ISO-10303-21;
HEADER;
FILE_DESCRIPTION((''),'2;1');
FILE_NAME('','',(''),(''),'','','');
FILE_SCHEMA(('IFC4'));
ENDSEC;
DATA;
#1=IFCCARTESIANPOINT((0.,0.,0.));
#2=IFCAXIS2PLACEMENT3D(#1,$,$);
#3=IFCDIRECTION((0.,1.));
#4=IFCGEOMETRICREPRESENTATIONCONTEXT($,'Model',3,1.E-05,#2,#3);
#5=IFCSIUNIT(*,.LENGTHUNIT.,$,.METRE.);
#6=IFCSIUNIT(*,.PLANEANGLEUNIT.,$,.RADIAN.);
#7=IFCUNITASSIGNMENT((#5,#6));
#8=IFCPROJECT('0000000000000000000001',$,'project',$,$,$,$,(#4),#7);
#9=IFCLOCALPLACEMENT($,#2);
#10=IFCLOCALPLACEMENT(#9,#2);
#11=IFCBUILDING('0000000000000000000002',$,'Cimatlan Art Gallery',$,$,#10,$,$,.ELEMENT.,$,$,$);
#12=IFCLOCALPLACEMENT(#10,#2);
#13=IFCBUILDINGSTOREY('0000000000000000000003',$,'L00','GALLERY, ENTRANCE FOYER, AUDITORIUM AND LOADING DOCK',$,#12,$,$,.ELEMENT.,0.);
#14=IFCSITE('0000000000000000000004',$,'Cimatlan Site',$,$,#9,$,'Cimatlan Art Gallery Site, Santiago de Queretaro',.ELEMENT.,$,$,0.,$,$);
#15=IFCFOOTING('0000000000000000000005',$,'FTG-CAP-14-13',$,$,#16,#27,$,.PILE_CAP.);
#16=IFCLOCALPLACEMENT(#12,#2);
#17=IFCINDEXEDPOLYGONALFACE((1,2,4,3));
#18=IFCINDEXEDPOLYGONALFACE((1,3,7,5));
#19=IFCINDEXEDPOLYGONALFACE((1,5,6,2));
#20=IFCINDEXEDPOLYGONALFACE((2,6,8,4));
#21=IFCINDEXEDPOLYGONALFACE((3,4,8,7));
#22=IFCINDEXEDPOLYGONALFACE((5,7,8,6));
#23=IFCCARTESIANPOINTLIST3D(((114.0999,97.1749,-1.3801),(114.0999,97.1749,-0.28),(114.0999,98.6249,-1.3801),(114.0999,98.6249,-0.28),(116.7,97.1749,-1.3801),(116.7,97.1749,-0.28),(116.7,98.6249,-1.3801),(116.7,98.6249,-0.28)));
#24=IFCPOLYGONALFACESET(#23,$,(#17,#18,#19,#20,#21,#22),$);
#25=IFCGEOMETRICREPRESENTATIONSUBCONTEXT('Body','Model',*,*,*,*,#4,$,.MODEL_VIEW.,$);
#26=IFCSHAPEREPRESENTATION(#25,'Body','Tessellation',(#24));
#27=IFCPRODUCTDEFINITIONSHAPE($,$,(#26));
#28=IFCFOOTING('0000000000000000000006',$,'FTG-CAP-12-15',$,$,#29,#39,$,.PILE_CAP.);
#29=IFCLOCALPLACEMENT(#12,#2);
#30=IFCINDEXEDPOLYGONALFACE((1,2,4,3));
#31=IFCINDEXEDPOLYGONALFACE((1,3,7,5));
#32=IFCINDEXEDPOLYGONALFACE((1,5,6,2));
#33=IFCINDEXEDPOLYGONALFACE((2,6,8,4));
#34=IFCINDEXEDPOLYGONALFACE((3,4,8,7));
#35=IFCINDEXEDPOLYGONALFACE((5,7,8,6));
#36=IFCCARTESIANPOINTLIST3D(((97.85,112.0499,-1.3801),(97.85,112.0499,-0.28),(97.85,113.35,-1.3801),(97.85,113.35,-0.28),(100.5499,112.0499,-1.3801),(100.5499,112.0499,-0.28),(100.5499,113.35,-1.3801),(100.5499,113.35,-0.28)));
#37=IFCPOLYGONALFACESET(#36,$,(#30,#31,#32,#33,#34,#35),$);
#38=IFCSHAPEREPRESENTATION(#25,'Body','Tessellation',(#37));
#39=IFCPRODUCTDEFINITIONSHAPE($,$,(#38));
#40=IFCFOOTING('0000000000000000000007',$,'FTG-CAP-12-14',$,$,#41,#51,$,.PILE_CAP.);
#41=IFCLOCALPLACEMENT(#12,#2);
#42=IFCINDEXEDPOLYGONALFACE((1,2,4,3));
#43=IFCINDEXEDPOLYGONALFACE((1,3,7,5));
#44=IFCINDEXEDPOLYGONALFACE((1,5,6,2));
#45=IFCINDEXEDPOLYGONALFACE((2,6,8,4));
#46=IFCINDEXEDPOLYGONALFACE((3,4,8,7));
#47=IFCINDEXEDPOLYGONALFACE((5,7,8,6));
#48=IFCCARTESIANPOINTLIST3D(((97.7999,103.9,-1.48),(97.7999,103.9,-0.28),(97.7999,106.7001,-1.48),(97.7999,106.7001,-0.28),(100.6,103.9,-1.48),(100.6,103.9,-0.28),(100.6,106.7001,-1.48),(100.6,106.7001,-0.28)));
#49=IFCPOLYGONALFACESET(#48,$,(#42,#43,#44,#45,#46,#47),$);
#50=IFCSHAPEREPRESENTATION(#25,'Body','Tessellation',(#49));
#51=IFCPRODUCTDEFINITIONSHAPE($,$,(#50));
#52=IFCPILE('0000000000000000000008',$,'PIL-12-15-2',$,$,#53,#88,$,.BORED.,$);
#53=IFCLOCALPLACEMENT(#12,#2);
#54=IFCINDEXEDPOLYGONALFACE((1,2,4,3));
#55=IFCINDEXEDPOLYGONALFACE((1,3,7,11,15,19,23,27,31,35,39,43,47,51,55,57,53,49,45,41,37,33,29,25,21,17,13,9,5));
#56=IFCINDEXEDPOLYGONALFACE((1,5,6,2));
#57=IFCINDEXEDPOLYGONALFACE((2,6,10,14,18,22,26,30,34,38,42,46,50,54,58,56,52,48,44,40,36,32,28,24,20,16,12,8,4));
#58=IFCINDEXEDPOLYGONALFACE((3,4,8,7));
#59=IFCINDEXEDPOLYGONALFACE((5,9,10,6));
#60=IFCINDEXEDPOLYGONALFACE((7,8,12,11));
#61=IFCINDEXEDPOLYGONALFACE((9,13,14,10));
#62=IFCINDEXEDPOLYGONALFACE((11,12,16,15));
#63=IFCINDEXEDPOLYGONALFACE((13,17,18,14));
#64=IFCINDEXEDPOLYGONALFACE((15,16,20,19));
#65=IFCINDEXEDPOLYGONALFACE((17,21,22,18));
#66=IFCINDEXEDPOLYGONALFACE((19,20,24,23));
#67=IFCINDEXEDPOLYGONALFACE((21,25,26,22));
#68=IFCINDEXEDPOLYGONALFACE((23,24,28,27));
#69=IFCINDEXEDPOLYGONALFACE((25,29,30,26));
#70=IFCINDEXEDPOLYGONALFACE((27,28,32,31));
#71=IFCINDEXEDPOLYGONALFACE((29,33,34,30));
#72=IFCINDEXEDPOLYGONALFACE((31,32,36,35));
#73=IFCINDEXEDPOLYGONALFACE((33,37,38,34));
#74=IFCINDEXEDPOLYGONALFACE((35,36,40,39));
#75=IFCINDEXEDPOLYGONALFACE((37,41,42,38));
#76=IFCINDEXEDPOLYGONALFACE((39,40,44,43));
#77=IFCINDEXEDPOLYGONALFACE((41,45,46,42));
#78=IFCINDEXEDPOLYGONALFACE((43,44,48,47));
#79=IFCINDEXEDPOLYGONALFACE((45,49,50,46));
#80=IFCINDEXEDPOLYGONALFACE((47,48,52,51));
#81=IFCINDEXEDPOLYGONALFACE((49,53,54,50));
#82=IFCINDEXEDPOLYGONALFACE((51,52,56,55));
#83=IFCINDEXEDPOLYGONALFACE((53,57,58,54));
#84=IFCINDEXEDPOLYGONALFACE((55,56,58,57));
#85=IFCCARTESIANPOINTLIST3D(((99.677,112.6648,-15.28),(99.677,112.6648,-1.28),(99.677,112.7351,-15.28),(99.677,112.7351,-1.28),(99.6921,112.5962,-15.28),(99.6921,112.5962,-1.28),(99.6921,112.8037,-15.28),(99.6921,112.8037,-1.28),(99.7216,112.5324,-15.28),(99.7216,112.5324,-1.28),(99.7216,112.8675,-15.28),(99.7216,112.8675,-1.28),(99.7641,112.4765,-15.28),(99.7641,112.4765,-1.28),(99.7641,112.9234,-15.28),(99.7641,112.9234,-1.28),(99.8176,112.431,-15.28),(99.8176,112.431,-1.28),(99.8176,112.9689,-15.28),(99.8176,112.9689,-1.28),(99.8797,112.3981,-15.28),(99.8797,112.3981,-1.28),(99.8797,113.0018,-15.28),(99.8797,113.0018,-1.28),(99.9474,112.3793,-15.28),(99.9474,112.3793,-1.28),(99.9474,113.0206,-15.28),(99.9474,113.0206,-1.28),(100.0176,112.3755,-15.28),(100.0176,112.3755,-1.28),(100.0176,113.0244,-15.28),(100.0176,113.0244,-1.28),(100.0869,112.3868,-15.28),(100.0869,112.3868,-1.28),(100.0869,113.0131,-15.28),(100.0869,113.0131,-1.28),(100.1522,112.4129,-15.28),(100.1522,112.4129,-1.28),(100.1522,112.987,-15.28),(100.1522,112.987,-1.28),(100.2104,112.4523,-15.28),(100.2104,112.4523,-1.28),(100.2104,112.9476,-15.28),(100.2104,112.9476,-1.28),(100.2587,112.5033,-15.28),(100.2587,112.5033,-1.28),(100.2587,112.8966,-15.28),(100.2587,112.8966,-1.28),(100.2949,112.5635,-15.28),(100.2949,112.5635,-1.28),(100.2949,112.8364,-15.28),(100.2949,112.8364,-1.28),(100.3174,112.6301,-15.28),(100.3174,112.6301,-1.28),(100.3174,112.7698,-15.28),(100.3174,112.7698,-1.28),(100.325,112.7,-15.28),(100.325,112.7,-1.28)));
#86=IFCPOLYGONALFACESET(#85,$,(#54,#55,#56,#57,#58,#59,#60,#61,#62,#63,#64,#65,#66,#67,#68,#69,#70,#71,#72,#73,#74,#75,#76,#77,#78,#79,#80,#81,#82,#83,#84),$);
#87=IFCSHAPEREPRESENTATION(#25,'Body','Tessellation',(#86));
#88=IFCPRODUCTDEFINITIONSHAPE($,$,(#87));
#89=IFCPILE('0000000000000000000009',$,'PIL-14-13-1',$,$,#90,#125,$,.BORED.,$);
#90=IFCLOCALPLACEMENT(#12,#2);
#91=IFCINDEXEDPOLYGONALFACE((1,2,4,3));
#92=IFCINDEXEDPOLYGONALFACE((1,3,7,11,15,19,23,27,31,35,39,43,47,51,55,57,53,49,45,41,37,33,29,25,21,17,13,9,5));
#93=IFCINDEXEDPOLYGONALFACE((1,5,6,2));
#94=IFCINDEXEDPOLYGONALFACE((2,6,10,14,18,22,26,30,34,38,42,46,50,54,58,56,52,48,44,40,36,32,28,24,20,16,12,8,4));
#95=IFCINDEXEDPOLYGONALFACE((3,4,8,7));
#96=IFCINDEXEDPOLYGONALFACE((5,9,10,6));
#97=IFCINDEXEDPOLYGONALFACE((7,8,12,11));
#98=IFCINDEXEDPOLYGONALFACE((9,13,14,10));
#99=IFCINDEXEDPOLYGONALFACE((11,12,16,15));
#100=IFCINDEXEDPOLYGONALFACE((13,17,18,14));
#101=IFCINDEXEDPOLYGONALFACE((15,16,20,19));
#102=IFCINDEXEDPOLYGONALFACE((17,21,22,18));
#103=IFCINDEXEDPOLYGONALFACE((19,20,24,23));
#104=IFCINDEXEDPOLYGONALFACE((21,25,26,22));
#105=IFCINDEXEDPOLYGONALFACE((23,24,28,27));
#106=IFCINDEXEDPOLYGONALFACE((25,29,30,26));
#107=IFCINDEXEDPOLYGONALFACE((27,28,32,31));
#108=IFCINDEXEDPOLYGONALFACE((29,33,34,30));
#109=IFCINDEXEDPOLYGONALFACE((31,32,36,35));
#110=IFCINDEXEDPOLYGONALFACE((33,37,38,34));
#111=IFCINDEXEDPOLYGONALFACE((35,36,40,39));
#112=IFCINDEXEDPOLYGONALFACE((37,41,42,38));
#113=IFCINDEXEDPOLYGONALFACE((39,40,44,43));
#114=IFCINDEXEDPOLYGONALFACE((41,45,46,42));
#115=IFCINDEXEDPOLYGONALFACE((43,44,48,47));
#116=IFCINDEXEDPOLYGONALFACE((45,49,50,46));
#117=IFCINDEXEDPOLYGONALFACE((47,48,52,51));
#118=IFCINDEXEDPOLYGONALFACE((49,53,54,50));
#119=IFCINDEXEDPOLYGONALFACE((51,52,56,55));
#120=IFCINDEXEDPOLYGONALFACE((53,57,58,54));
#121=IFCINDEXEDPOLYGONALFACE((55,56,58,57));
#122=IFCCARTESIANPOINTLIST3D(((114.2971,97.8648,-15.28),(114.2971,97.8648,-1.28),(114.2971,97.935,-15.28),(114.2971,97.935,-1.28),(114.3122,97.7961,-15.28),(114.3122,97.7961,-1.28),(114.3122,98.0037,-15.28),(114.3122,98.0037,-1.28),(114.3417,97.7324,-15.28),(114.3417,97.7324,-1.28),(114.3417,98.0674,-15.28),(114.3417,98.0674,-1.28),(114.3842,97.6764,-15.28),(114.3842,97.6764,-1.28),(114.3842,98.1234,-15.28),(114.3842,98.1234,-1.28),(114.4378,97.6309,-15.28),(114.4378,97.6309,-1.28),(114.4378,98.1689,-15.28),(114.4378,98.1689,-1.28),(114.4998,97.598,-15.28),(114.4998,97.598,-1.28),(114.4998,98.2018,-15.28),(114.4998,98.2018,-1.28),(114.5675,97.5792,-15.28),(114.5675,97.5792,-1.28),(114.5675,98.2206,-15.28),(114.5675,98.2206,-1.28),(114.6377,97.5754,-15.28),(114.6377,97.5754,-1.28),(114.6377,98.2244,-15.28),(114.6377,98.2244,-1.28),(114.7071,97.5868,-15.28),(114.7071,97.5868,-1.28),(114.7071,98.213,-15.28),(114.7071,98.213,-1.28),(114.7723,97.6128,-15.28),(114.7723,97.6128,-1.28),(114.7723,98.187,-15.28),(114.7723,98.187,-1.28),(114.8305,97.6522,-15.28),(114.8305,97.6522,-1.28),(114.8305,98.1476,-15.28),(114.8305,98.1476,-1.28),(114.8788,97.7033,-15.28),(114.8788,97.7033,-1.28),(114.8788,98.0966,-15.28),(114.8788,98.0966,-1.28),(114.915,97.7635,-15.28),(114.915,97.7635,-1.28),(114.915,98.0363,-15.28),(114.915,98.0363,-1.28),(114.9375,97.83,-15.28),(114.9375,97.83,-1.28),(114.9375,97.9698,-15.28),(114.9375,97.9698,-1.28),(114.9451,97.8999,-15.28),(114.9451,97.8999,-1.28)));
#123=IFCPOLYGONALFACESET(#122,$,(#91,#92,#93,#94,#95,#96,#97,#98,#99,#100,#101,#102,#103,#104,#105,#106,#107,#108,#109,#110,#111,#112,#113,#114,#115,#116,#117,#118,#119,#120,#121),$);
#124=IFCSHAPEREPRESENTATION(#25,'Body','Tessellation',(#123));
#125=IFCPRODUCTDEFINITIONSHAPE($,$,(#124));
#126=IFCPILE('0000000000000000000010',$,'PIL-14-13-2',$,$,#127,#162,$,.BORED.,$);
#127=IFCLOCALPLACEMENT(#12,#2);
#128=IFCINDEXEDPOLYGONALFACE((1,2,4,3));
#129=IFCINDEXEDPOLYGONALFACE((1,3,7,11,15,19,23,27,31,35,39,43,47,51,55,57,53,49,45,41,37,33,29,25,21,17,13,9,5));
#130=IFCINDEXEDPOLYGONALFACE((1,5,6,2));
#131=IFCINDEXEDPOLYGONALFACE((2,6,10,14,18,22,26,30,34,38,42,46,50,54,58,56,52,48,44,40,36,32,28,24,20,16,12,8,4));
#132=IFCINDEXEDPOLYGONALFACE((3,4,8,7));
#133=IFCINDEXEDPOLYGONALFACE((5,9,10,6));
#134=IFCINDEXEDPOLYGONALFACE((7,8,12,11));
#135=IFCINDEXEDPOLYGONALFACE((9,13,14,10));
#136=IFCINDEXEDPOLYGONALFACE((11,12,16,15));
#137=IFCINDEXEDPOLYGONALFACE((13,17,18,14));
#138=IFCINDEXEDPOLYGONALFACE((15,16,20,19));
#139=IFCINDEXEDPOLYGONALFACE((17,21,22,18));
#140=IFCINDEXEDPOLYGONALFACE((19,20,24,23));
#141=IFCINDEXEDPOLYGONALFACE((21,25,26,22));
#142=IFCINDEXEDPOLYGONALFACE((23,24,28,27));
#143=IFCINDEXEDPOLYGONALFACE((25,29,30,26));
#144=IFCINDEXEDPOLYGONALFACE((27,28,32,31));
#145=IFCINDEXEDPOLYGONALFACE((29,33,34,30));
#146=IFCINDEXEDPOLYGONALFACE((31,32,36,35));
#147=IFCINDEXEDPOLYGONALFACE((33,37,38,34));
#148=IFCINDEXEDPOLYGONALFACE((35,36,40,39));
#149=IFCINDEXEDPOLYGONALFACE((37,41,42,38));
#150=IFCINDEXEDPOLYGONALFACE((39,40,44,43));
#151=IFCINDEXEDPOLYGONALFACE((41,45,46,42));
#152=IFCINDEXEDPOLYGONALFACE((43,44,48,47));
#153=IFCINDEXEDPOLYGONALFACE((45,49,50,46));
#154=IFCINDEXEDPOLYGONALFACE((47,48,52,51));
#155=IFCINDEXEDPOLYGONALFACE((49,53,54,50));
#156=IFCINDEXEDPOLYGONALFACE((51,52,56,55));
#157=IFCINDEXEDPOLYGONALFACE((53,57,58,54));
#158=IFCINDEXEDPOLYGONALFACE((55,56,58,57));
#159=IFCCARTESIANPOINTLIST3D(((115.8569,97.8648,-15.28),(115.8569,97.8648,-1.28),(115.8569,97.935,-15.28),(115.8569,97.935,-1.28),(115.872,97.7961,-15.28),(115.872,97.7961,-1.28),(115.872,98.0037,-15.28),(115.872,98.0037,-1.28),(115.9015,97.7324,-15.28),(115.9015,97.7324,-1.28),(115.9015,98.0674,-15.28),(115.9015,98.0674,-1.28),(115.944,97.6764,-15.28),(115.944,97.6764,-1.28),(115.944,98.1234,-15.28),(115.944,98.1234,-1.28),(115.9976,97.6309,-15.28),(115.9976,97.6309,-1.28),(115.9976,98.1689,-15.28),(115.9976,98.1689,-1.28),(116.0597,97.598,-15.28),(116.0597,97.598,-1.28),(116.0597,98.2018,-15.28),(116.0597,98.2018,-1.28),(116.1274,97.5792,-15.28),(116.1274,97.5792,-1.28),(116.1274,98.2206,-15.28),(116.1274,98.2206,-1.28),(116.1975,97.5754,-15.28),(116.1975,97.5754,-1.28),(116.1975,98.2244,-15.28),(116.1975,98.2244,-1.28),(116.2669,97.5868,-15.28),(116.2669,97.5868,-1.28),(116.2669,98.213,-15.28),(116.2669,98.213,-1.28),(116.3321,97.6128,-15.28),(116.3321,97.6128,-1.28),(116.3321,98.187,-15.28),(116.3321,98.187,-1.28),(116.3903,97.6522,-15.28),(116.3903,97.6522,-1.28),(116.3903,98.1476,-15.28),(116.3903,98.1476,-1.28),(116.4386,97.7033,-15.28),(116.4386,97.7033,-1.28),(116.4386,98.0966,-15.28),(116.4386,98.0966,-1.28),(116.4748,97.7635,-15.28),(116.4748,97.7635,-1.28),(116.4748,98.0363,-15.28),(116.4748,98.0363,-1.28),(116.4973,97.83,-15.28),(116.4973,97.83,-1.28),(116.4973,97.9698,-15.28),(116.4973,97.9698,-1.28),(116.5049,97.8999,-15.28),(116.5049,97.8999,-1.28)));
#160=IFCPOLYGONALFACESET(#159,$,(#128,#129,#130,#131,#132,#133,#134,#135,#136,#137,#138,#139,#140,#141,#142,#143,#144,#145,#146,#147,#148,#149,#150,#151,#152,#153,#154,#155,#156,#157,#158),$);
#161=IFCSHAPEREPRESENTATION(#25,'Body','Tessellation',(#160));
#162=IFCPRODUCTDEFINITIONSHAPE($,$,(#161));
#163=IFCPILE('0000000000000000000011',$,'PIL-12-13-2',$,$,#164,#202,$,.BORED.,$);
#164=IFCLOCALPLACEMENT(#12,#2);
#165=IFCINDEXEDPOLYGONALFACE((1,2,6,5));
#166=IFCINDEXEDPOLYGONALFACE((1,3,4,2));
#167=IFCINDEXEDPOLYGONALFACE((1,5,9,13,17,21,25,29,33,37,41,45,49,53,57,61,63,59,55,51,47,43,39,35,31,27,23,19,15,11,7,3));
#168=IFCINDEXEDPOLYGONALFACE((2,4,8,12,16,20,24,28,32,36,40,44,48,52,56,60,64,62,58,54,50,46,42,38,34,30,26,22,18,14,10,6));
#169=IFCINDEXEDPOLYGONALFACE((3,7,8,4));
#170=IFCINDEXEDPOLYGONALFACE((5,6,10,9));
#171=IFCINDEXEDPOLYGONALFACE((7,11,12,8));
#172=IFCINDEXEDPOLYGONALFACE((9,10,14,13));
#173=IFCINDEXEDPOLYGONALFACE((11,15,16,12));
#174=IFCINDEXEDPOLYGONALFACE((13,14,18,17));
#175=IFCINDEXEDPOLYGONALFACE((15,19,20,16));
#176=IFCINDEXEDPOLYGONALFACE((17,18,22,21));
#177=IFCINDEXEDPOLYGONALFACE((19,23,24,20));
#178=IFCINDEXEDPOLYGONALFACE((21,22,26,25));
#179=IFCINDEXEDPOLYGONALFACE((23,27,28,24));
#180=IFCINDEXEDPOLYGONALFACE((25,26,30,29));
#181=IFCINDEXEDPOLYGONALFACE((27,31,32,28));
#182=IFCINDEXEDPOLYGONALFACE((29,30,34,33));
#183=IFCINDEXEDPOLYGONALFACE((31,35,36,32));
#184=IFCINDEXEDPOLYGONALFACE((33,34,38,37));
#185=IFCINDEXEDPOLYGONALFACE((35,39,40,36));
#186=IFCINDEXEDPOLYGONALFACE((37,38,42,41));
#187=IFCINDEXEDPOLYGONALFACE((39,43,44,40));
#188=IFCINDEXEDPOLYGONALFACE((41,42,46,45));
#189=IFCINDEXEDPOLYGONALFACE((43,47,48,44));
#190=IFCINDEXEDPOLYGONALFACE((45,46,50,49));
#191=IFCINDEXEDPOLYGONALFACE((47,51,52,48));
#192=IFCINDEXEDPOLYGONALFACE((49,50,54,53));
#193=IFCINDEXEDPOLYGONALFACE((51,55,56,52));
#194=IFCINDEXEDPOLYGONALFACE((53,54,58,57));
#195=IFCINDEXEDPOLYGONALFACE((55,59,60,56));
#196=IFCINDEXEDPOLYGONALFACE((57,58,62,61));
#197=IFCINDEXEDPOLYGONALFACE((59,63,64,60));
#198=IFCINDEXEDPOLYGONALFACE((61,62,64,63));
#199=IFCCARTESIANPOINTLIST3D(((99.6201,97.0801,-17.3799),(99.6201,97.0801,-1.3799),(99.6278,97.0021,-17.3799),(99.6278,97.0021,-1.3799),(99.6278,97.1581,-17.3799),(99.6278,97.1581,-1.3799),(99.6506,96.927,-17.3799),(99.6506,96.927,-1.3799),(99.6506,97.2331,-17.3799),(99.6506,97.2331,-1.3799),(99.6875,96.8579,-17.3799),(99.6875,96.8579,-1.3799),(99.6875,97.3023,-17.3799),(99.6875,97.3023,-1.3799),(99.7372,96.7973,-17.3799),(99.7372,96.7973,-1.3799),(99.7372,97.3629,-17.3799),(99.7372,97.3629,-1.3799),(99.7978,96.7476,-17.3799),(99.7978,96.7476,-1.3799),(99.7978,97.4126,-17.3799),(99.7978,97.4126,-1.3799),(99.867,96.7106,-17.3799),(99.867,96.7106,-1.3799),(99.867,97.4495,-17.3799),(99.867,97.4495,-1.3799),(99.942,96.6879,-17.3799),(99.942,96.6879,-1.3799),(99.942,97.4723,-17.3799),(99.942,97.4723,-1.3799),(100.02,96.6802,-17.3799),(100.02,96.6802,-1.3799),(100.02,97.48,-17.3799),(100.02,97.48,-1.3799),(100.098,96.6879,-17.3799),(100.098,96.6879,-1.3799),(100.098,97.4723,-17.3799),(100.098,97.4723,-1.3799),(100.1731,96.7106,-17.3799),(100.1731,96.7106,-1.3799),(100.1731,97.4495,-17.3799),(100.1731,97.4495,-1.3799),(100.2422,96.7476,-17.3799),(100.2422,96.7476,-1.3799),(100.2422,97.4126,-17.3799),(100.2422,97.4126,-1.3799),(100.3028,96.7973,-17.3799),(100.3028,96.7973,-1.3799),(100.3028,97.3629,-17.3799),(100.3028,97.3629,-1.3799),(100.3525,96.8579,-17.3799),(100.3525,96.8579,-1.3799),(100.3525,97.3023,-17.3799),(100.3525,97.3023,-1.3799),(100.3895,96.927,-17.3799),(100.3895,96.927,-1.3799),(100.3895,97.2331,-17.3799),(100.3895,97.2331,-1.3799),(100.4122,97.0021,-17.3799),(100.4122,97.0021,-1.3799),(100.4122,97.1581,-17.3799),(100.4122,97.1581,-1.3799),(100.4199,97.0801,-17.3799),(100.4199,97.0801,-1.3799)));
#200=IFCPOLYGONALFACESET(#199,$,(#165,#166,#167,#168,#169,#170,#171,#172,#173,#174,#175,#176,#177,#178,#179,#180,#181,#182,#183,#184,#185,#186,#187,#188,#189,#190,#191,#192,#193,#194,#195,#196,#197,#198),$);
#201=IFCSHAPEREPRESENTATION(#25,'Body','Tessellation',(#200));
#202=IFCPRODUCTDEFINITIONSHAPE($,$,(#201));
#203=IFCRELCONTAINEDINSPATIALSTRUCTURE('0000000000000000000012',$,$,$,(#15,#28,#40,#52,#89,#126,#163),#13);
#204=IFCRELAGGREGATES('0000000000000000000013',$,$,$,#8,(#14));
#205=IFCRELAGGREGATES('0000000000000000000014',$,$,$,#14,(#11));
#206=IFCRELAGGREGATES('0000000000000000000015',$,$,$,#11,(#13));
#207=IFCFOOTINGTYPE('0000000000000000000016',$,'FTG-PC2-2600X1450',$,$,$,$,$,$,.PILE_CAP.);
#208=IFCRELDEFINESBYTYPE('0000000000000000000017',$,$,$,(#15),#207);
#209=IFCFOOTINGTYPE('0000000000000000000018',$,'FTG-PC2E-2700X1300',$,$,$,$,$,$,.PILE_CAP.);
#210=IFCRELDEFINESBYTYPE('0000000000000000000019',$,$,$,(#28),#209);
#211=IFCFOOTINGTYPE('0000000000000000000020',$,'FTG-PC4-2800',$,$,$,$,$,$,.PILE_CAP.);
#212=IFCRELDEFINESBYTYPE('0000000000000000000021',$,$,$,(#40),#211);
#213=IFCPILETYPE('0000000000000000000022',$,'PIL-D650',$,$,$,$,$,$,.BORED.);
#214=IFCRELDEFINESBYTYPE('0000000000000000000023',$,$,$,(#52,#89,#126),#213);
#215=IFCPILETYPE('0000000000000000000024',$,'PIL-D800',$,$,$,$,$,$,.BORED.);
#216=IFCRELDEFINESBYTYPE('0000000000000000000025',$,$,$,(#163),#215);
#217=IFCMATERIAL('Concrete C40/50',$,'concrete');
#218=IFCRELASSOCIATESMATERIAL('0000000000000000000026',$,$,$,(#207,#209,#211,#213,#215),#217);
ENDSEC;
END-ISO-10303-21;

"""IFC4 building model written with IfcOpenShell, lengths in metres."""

from ifc_helpers import new_model, si_unit, direction, frame, origin, origin_2d, place, context, subcontext, project, spatial, rectangle, circle, extrude, material, type_object, element, save


model = new_model("IFC4")

# Units and contexts
model_context = context("Model", 3, precision=1e-05, world=origin(), true_north=direction((0.0, 1.0)))
body_context = subcontext(model_context, "Body", "Model", "MODEL_VIEW")
ifc_project = project(units=[si_unit("LENGTHUNIT", "METRE"), si_unit("PLANEANGLEUNIT", "RADIAN")], contexts=[model_context])

# Site, building, storey
site_placement = place(None, origin())
site = spatial("IfcSite", under=ifc_project, at=site_placement, Name="Cimatlan Site", LongName="Cimatlan Art Gallery Site, Santiago de Queretaro", CompositionType="ELEMENT", RefElevation=0.0)
building_placement = place(site_placement, origin())
building = spatial("IfcBuilding", under=site, at=building_placement, Name="Cimatlan Art Gallery", CompositionType="ELEMENT")
storey_placement = place(building_placement, origin())
storey = spatial("IfcBuildingStorey", under=building, at=storey_placement, Name="L00", Description="GALLERY, ENTRANCE FOYER, AUDITORIUM AND LOADING DOCK", CompositionType="ELEMENT", Elevation=0.0)

# Footings
ifc_material_1 = material(Name="Concrete C40/50", Category="concrete")
footing_type_1 = type_object("IfcFootingType", Name="FTG-PC2-2600X1450", PredefinedType="PILE_CAP", material=ifc_material_1)
footing_1_placement = place(storey_placement, frame((115.3999, 97.8999, -1.3801), z_axis=(0.0, 0.0, 1.0), x_axis=(1.0, 0.0, 0.0)))
element("IfcFooting", 1, at=footing_1_placement, inside=storey, type_object=footing_type_1, Name="FTG-CAP-14-13", PredefinedType="PILE_CAP", context=body_context, shape_type="SweptSolid", body=[
    extrude(rectangle(XDim=2.6001, YDim=1.45, at=origin_2d()), origin(), (0.0, 0.0, 1.0), 1.1001),
])
footing_type_2 = type_object("IfcFootingType", Name="FTG-PC2E-2700X1300", PredefinedType="PILE_CAP", material=ifc_material_1)
footing_2_placement = place(storey_placement, frame((99.2, 112.7, -1.3801), z_axis=(0.0, 0.0, 1.0), x_axis=(1.0, 0.0, 0.0)))
element("IfcFooting", 2, at=footing_2_placement, inside=storey, type_object=footing_type_2, Name="FTG-CAP-12-15", PredefinedType="PILE_CAP", context=body_context, shape_type="SweptSolid", body=[
    extrude(rectangle(XDim=2.7, YDim=1.3, at=origin_2d()), origin(), (0.0, 0.0, 1.0), 1.1001),
])
footing_type_3 = type_object("IfcFootingType", Name="FTG-PC4-2800", PredefinedType="PILE_CAP", material=ifc_material_1)
footing_3_placement = place(storey_placement, frame((99.2, 105.3, -1.48), z_axis=(0.0, 0.0, 1.0), x_axis=(1.0, 0.0, 0.0)))
element("IfcFooting", 3, at=footing_3_placement, inside=storey, type_object=footing_type_3, Name="FTG-CAP-12-14", PredefinedType="PILE_CAP", context=body_context, shape_type="SweptSolid", body=[
    extrude(rectangle(XDim=2.8, YDim=2.8, at=origin_2d()), origin(), (0.0, 0.0, 1.0), 1.2),
])

# Piles
pile_type_1 = type_object("IfcPileType", Name="PIL-D650", PredefinedType="BORED", material=ifc_material_1)
for number, where, z_axis, x_axis, name in (
    (4, (100.0, 112.7, -1.28), (0.0, 0.0, -1.0), (1.0, 0.0, 0.0), "PIL-12-15-2"),
    (5, (114.6201, 97.8999, -1.28), (0.0, 0.0, -1.0), (1.0, 0.0, 0.0), "PIL-14-13-1"),
    (6, (116.1799, 97.8999, -1.28), (0.0, 0.0, -1.0), (1.0, 0.0, 0.0), "PIL-14-13-2"),
):
    element("IfcPile", number, at=place(storey_placement, frame(where, z_axis=z_axis, x_axis=x_axis)), inside=storey, type_object=pile_type_1, Name=name, PredefinedType="BORED", context=body_context, shape_type="SweptSolid", body=[
        extrude(circle(Radius=0.325, at=origin_2d()), origin(), (0.0, 0.0, 1.0), 14.0),
    ])
pile_type_2 = type_object("IfcPileType", Name="PIL-D800", PredefinedType="BORED", material=ifc_material_1)
for number, where, z_axis, x_axis, name in (
    (7, (100.02, 97.0801, -1.3799), (0.0, 0.0, -1.0), (1.0, 0.0, 0.0), "PIL-12-13-2"),
):
    element("IfcPile", number, at=place(storey_placement, frame(where, z_axis=z_axis, x_axis=x_axis)), inside=storey, type_object=pile_type_2, Name=name, PredefinedType="BORED", context=body_context, shape_type="SweptSolid", body=[
        extrude(circle(Radius=0.3999, at=origin_2d()), origin(), (0.0, 0.0, 1.0), 16.0),
    ])

save(model, "model.ifc")
